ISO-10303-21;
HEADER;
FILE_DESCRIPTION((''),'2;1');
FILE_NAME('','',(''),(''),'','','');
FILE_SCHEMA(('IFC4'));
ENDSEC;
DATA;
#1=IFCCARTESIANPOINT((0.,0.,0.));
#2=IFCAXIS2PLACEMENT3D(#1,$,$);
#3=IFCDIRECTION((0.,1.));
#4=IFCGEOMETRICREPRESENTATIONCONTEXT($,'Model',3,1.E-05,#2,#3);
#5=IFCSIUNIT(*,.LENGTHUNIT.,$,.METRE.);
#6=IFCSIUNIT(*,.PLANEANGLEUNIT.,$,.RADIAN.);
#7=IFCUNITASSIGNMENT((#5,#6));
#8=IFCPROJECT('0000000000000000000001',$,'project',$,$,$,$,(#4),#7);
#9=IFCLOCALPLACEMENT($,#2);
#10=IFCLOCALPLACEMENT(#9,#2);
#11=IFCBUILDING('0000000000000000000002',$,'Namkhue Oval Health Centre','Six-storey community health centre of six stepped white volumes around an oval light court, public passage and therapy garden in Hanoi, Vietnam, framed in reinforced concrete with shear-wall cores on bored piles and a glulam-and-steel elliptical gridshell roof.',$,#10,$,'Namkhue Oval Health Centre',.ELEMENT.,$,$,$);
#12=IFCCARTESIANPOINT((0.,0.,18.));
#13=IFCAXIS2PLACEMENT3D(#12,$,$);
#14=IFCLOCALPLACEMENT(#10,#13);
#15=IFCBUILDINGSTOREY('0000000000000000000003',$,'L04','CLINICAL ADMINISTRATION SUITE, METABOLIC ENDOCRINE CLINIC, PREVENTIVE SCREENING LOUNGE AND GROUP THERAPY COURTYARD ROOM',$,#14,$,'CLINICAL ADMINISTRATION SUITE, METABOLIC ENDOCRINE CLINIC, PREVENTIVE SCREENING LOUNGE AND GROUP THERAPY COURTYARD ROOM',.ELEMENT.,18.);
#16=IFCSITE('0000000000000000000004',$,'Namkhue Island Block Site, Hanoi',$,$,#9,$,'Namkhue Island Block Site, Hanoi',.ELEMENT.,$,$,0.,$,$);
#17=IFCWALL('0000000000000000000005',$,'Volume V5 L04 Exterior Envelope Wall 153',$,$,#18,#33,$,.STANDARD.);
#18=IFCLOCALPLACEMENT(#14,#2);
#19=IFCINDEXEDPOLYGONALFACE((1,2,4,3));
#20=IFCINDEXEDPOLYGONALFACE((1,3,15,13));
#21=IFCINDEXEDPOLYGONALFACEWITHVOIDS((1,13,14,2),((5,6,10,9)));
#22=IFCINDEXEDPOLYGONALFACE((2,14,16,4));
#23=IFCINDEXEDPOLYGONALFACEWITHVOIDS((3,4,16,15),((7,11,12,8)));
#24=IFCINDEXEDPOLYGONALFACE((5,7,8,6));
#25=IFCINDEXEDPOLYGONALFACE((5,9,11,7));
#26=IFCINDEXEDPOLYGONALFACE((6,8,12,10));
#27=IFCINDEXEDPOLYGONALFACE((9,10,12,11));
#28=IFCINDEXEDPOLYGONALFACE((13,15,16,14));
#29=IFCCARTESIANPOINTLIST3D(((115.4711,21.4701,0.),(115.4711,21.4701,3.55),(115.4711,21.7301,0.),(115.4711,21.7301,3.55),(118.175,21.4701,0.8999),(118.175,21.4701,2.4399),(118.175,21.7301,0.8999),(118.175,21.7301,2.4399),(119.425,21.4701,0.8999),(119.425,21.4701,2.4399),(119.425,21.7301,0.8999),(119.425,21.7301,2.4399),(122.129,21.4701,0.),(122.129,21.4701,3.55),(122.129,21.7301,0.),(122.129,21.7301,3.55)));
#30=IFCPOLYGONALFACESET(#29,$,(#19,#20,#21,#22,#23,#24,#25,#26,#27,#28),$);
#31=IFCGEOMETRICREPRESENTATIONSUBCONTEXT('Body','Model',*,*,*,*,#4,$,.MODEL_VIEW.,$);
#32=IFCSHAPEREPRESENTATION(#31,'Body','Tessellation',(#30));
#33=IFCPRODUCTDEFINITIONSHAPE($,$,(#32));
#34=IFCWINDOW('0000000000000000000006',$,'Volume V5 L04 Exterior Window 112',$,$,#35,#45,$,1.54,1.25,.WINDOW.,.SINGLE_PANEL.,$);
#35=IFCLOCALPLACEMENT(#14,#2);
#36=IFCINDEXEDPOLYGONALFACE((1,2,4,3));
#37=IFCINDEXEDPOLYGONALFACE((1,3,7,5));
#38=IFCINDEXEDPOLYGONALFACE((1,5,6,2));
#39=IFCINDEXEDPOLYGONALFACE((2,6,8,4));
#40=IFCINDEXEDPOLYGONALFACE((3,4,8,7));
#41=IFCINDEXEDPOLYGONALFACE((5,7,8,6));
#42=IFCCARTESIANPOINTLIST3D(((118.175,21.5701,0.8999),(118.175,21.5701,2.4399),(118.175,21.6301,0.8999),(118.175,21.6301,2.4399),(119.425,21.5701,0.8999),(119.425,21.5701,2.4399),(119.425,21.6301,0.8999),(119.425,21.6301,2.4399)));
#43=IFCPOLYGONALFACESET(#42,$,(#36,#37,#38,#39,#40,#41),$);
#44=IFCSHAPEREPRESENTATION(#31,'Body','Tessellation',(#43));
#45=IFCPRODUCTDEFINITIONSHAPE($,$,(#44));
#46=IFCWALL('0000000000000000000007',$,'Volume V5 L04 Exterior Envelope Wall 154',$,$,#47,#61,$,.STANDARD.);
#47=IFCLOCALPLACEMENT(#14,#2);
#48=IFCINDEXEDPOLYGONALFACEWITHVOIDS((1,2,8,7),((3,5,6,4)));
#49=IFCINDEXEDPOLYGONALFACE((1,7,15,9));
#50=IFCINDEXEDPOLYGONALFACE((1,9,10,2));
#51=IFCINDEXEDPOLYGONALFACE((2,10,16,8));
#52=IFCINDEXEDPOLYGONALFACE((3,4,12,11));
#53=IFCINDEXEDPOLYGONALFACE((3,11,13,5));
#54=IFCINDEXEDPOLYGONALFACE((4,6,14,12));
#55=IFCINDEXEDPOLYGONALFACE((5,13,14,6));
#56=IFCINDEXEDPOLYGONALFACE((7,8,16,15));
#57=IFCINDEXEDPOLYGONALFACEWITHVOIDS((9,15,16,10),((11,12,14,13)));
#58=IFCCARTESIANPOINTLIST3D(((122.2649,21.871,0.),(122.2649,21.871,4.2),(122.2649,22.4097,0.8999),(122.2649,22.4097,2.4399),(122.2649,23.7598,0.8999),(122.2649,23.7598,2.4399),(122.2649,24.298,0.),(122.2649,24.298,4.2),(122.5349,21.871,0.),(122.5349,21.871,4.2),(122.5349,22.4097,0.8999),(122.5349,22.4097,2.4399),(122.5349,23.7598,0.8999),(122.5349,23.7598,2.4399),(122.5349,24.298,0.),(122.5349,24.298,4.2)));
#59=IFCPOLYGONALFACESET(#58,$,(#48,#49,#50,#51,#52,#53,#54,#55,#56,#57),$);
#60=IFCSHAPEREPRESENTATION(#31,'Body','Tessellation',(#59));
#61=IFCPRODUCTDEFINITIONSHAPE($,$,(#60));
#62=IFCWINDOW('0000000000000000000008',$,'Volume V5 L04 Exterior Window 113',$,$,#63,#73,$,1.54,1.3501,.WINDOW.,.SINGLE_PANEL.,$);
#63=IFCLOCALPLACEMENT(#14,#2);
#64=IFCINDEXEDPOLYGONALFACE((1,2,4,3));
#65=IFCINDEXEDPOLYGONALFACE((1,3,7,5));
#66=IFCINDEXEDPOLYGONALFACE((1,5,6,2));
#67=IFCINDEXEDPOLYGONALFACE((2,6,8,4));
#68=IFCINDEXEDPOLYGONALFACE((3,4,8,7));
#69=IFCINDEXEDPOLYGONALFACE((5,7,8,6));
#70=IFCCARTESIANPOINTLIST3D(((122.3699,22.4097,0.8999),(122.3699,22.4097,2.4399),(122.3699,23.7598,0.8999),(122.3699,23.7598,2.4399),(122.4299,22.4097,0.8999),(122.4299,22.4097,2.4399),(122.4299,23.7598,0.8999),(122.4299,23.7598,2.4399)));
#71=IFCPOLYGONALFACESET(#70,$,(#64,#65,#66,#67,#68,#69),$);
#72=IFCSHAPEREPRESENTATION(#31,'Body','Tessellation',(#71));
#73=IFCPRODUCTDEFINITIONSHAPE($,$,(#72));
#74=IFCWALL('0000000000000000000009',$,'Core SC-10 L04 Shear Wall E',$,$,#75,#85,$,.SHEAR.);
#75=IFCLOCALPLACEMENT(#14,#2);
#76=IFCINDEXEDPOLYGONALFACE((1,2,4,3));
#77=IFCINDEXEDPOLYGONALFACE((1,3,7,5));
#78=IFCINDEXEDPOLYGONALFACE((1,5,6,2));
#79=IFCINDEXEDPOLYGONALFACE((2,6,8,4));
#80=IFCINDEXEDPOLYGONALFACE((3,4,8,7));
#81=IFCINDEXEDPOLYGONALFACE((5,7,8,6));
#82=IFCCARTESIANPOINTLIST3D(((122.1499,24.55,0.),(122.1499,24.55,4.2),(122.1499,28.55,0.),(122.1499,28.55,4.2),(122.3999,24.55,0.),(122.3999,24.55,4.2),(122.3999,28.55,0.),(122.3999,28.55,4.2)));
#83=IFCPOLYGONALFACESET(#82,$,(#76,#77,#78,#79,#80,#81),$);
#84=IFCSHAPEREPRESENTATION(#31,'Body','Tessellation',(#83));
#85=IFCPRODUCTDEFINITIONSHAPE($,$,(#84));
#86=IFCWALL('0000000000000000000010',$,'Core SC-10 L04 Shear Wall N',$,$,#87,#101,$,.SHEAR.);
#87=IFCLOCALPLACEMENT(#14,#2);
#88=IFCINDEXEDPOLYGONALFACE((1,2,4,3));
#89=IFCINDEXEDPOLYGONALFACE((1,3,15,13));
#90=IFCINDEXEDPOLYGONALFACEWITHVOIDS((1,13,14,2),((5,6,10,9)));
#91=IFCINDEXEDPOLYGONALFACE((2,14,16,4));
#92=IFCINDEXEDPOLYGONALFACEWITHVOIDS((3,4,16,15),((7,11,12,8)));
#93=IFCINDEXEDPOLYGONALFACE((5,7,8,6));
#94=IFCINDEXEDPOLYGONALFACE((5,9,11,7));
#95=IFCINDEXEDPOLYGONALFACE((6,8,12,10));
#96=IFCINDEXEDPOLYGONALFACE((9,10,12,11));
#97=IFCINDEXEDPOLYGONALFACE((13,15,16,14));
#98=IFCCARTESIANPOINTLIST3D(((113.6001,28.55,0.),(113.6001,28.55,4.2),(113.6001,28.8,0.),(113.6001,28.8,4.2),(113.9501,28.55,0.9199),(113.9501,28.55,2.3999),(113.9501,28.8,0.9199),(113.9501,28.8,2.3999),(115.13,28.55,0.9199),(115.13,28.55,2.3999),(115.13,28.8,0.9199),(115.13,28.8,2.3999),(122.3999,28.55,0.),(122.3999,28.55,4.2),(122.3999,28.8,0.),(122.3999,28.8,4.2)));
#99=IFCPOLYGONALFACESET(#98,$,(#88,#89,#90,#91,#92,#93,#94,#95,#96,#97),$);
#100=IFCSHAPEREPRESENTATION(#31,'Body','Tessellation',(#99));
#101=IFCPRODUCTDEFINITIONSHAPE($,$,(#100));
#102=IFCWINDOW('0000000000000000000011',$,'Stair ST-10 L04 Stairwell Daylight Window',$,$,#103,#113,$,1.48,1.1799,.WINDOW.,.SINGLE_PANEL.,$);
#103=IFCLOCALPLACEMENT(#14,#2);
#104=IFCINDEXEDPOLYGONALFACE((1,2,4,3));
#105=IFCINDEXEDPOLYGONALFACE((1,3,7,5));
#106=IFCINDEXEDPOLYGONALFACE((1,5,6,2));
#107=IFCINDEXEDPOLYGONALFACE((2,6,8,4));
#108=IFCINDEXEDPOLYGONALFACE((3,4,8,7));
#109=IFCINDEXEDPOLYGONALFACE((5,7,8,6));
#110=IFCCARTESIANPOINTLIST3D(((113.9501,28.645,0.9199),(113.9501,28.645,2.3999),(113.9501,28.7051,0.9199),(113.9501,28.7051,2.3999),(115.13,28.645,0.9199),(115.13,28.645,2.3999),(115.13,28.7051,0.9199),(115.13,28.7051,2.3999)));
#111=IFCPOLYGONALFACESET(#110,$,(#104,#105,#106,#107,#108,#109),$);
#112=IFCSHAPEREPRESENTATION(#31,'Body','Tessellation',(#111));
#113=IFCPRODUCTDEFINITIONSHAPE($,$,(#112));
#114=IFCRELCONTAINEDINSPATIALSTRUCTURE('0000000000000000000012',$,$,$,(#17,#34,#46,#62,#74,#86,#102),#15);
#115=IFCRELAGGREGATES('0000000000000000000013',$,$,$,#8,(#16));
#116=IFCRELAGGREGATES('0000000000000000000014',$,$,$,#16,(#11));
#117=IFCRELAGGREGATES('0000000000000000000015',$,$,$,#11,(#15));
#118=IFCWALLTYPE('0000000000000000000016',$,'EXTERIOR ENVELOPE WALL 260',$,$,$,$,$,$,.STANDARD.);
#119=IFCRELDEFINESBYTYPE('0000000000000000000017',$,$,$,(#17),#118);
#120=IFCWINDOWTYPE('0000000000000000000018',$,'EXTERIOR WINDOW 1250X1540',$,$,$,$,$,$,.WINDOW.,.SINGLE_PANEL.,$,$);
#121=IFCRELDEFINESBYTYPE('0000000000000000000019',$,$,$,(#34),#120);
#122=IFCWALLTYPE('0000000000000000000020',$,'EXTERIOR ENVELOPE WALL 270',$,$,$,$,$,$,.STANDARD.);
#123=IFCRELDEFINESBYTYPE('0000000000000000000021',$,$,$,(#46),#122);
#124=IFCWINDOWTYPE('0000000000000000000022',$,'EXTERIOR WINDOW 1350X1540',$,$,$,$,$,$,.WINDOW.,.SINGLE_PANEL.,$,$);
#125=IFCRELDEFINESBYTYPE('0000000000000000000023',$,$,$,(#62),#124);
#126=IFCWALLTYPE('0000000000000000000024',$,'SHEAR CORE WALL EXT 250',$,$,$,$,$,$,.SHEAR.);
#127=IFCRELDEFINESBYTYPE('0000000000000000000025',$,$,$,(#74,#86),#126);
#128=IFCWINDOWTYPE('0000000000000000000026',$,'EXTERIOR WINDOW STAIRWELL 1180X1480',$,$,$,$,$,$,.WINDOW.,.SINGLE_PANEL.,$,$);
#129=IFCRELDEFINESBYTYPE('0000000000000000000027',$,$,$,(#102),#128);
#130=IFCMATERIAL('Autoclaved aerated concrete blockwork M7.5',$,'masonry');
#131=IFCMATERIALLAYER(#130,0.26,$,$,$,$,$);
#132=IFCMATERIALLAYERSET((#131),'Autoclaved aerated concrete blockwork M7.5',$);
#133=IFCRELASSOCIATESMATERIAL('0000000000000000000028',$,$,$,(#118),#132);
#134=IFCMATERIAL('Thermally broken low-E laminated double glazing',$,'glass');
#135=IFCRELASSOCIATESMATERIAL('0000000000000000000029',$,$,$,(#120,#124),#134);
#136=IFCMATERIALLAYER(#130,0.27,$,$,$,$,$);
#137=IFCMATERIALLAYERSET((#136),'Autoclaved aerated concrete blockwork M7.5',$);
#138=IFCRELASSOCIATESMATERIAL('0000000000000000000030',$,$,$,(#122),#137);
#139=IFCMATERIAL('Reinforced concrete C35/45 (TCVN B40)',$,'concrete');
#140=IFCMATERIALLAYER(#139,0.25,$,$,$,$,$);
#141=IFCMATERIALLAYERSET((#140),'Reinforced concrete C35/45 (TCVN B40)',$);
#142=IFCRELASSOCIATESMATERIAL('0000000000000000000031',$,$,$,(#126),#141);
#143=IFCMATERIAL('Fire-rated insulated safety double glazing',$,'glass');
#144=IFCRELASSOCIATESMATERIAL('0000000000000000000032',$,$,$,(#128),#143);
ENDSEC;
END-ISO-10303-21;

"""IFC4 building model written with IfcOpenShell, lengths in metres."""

from ifc_helpers import new_model, si_unit, direction, frame, frame_2d, origin, place, context, subcontext, project, spatial, rectangle, extrude, material, layer, layer_set, type_object, element, fill, save


model = new_model("IFC4")

# Units and contexts
model_context = context("Model", 3, precision=1e-05, world=origin(), true_north=direction((0.0, 1.0)))
body_context = subcontext(model_context, "Body", "Model", "MODEL_VIEW")
ifc_project = project(units=[si_unit("LENGTHUNIT", "METRE"), si_unit("PLANEANGLEUNIT", "RADIAN")], contexts=[model_context])

# Site, building, storey
site_placement = place(None, origin())
site = spatial("IfcSite", under=ifc_project, at=site_placement, Name="Namkhue Island Block Site, Hanoi", LongName="Namkhue Island Block Site, Hanoi", CompositionType="ELEMENT", RefElevation=0.0)
building_placement = place(site_placement, origin())
building = spatial("IfcBuilding", under=site, at=building_placement, Name="Namkhue Oval Health Centre", Description="Six-storey community health centre of six stepped white volumes around an oval light court, public passage and therapy garden in Hanoi, Vietnam, framed in reinforced concrete with shear-wall cores on bored piles and a glulam-and-steel elliptical gridshell roof.", LongName="Namkhue Oval Health Centre", CompositionType="ELEMENT")
storey_placement = place(building_placement, frame((0.0, 0.0, 18.0)))
storey = spatial("IfcBuildingStorey", under=building, at=storey_placement, Name="L04", Description="CLINICAL ADMINISTRATION SUITE, METABOLIC ENDOCRINE CLINIC, PREVENTIVE SCREENING LOUNGE AND GROUP THERAPY COURTYARD ROOM", LongName="CLINICAL ADMINISTRATION SUITE, METABOLIC ENDOCRINE CLINIC, PREVENTIVE SCREENING LOUNGE AND GROUP THERAPY COURTYARD ROOM", CompositionType="ELEMENT", Elevation=18.0)

# Shared definitions
ifc_material_1 = material(Name="Reinforced concrete C35/45 (TCVN B40)", Category="concrete")

# Walls, openings, windows
ifc_material_2 = material(Name="Autoclaved aerated concrete blockwork M7.5", Category="masonry")
ifc_layer_1 = layer(ifc_material_2, 0.26)
ifc_layer_set_1 = layer_set([ifc_layer_1], Name="Autoclaved aerated concrete blockwork M7.5")
wall_type_1 = type_object("IfcWallType", Name="EXTERIOR ENVELOPE WALL 260", PredefinedType="STANDARD", material=ifc_layer_set_1)
wall_1_placement = place(storey_placement, frame((115.4709, 21.6001, 0.0), z_axis=(0.0, 0.0, 1.0), x_axis=(1.0, 0.0, 0.0)))
wall_1 = element("IfcWall", 1, at=wall_1_placement, inside=storey, type_object=wall_type_1, Name="Volume V5 L04 Exterior Envelope Wall 153", PredefinedType="STANDARD", context=body_context, shape_type="SweptSolid", body=[
    extrude(rectangle(XDim=6.658, YDim=0.26, at=frame_2d((3.3291, 0.0))), origin(), (0.0, 0.0, 1.0), 3.55),
])
opening_1_placement = place(wall_1_placement, frame((2.7041, 0.0, 0.8999)))
opening_1 = element("IfcOpeningElement", 2, at=opening_1_placement, cuts=wall_1, PredefinedType="OPENING", context=body_context, shape_type="SweptSolid", body=[
    extrude(rectangle(XDim=1.25, YDim=1.54, at=frame_2d((0.625, 0.77))), frame((0.0, 0.1399, 0.0), z_axis=(0.0, -1.0, 0.0), x_axis=(1.0, 0.0, 0.0)), (0.0, 0.0, 1.0), 0.28),
])
ifc_material_3 = material(Name="Thermally broken low-E laminated double glazing", Category="glass")
window_type_1 = type_object("IfcWindowType", Name="EXTERIOR WINDOW 1250X1540", PartitioningType="SINGLE_PANEL", PredefinedType="WINDOW", material=ifc_material_3)
window_1_placement = place(opening_1_placement, origin())
window_1 = element("IfcWindow", 3, at=window_1_placement, inside=storey, type_object=window_type_1, Name="Volume V5 L04 Exterior Window 112", OverallHeight=1.54, OverallWidth=1.25, PartitioningType="SINGLE_PANEL", PredefinedType="WINDOW", context=body_context, shape_type="SweptSolid", body=[
    extrude(rectangle(XDim=1.25, YDim=1.54, at=frame_2d((0.625, 0.77))), frame((0.0, 0.03, 0.0), z_axis=(0.0, -1.0, 0.0), x_axis=(1.0, 0.0, 0.0)), (0.0, 0.0, 1.0), 0.0601),
])
fill(opening_1, window_1)
ifc_layer_2 = layer(ifc_material_2, 0.27)
ifc_layer_set_2 = layer_set([ifc_layer_2], Name="Autoclaved aerated concrete blockwork M7.5")
wall_type_2 = type_object("IfcWallType", Name="EXTERIOR ENVELOPE WALL 270", PredefinedType="STANDARD", material=ifc_layer_set_2)
wall_2_placement = place(storey_placement, frame((122.3999, 21.8711, 0.0), z_axis=(0.0, 0.0, 1.0), x_axis=(0.0, 1.0, 0.0)))
wall_2 = element("IfcWall", 4, at=wall_2_placement, inside=storey, type_object=wall_type_2, Name="Volume V5 L04 Exterior Envelope Wall 154", PredefinedType="STANDARD", context=body_context, shape_type="SweptSolid", body=[
    extrude(rectangle(XDim=2.427, YDim=0.27, at=frame_2d((1.2134, 0.0))), origin(), (0.0, 0.0, 1.0), 4.2),
])
opening_2_placement = place(wall_2_placement, frame((0.5386, 0.0, 0.8999)))
opening_2 = element("IfcOpeningElement", 5, at=opening_2_placement, cuts=wall_2, PredefinedType="OPENING", context=body_context, shape_type="SweptSolid", body=[
    extrude(rectangle(XDim=1.3501, YDim=1.54, at=frame_2d((0.675, 0.77))), frame((0.0, 0.145, 0.0), z_axis=(0.0, -1.0, 0.0), x_axis=(1.0, 0.0, 0.0)), (0.0, 0.0, 1.0), 0.29),
])
window_type_2 = type_object("IfcWindowType", Name="EXTERIOR WINDOW 1350X1540", PartitioningType="SINGLE_PANEL", PredefinedType="WINDOW", material=ifc_material_3)
window_2_placement = place(opening_2_placement, origin())
window_2 = element("IfcWindow", 6, at=window_2_placement, inside=storey, type_object=window_type_2, Name="Volume V5 L04 Exterior Window 113", OverallHeight=1.54, OverallWidth=1.3501, PartitioningType="SINGLE_PANEL", PredefinedType="WINDOW", context=body_context, shape_type="SweptSolid", body=[
    extrude(rectangle(XDim=1.3501, YDim=1.54, at=frame_2d((0.675, 0.77))), frame((0.0, 0.03, 0.0), z_axis=(0.0, -1.0, 0.0), x_axis=(1.0, 0.0, 0.0)), (0.0, 0.0, 1.0), 0.0601),
])
fill(opening_2, window_2)

# Wall
ifc_layer_3 = layer(ifc_material_1, 0.25)
ifc_layer_set_3 = layer_set([ifc_layer_3], Name="Reinforced concrete C35/45 (TCVN B40)")
wall_type_3 = type_object("IfcWallType", Name="SHEAR CORE WALL EXT 250", PredefinedType="SHEAR", material=ifc_layer_set_3)
wall_3_placement = place(storey_placement, frame((122.2749, 24.55, 0.0), z_axis=(0.0, 0.0, 1.0), x_axis=(0.0, 1.0, 0.0)))
element("IfcWall", 7, at=wall_3_placement, inside=storey, type_object=wall_type_3, Name="Core SC-10 L04 Shear Wall E", PredefinedType="SHEAR", context=body_context, shape_type="SweptSolid", body=[
    extrude(rectangle(XDim=4.0, YDim=0.25, at=frame_2d((2.0, 0.0))), origin(), (0.0, 0.0, 1.0), 4.2),
])

# Wall, opening, window
wall_4_placement = place(storey_placement, frame((122.3999, 28.675, 0.0), z_axis=(0.0, 0.0, 1.0), x_axis=(-1.0, 0.0, 0.0)))
wall_4 = element("IfcWall", 8, at=wall_4_placement, inside=storey, type_object=wall_type_3, Name="Core SC-10 L04 Shear Wall N", PredefinedType="SHEAR", context=body_context, shape_type="SweptSolid", body=[
    extrude(rectangle(XDim=8.7998, YDim=0.25, at=frame_2d((4.3999, 0.0))), origin(), (0.0, 0.0, 1.0), 4.2),
])
opening_3_placement = place(wall_4_placement, frame((7.27, 0.0, 0.9199)))
opening_3 = element("IfcOpeningElement", 9, at=opening_3_placement, cuts=wall_4, PredefinedType="OPENING", context=body_context, shape_type="SweptSolid", body=[
    extrude(rectangle(XDim=1.1799, YDim=1.48, at=frame_2d((0.5898, 0.74))), frame((0.0, 0.135, 0.0), z_axis=(0.0, -1.0, 0.0), x_axis=(1.0, 0.0, 0.0)), (0.0, 0.0, 1.0), 0.27),
])
ifc_material_4 = material(Name="Fire-rated insulated safety double glazing", Category="glass")
window_type_3 = type_object("IfcWindowType", Name="EXTERIOR WINDOW STAIRWELL 1180X1480", PartitioningType="SINGLE_PANEL", PredefinedType="WINDOW", material=ifc_material_4)
window_3_placement = place(opening_3_placement, origin())
window_3 = element("IfcWindow", 10, at=window_3_placement, inside=storey, type_object=window_type_3, Name="Stair ST-10 L04 Stairwell Daylight Window", OverallHeight=1.48, OverallWidth=1.1799, PartitioningType="SINGLE_PANEL", PredefinedType="WINDOW", context=body_context, shape_type="SweptSolid", body=[
    extrude(rectangle(XDim=1.1799, YDim=1.48, at=frame_2d((0.5898, 0.74))), frame((0.0, 0.03, 0.0), z_axis=(0.0, -1.0, 0.0), x_axis=(1.0, 0.0, 0.0)), (0.0, 0.0, 1.0), 0.0601),
])
fill(opening_3, window_3)

save(model, "model.ifc")
